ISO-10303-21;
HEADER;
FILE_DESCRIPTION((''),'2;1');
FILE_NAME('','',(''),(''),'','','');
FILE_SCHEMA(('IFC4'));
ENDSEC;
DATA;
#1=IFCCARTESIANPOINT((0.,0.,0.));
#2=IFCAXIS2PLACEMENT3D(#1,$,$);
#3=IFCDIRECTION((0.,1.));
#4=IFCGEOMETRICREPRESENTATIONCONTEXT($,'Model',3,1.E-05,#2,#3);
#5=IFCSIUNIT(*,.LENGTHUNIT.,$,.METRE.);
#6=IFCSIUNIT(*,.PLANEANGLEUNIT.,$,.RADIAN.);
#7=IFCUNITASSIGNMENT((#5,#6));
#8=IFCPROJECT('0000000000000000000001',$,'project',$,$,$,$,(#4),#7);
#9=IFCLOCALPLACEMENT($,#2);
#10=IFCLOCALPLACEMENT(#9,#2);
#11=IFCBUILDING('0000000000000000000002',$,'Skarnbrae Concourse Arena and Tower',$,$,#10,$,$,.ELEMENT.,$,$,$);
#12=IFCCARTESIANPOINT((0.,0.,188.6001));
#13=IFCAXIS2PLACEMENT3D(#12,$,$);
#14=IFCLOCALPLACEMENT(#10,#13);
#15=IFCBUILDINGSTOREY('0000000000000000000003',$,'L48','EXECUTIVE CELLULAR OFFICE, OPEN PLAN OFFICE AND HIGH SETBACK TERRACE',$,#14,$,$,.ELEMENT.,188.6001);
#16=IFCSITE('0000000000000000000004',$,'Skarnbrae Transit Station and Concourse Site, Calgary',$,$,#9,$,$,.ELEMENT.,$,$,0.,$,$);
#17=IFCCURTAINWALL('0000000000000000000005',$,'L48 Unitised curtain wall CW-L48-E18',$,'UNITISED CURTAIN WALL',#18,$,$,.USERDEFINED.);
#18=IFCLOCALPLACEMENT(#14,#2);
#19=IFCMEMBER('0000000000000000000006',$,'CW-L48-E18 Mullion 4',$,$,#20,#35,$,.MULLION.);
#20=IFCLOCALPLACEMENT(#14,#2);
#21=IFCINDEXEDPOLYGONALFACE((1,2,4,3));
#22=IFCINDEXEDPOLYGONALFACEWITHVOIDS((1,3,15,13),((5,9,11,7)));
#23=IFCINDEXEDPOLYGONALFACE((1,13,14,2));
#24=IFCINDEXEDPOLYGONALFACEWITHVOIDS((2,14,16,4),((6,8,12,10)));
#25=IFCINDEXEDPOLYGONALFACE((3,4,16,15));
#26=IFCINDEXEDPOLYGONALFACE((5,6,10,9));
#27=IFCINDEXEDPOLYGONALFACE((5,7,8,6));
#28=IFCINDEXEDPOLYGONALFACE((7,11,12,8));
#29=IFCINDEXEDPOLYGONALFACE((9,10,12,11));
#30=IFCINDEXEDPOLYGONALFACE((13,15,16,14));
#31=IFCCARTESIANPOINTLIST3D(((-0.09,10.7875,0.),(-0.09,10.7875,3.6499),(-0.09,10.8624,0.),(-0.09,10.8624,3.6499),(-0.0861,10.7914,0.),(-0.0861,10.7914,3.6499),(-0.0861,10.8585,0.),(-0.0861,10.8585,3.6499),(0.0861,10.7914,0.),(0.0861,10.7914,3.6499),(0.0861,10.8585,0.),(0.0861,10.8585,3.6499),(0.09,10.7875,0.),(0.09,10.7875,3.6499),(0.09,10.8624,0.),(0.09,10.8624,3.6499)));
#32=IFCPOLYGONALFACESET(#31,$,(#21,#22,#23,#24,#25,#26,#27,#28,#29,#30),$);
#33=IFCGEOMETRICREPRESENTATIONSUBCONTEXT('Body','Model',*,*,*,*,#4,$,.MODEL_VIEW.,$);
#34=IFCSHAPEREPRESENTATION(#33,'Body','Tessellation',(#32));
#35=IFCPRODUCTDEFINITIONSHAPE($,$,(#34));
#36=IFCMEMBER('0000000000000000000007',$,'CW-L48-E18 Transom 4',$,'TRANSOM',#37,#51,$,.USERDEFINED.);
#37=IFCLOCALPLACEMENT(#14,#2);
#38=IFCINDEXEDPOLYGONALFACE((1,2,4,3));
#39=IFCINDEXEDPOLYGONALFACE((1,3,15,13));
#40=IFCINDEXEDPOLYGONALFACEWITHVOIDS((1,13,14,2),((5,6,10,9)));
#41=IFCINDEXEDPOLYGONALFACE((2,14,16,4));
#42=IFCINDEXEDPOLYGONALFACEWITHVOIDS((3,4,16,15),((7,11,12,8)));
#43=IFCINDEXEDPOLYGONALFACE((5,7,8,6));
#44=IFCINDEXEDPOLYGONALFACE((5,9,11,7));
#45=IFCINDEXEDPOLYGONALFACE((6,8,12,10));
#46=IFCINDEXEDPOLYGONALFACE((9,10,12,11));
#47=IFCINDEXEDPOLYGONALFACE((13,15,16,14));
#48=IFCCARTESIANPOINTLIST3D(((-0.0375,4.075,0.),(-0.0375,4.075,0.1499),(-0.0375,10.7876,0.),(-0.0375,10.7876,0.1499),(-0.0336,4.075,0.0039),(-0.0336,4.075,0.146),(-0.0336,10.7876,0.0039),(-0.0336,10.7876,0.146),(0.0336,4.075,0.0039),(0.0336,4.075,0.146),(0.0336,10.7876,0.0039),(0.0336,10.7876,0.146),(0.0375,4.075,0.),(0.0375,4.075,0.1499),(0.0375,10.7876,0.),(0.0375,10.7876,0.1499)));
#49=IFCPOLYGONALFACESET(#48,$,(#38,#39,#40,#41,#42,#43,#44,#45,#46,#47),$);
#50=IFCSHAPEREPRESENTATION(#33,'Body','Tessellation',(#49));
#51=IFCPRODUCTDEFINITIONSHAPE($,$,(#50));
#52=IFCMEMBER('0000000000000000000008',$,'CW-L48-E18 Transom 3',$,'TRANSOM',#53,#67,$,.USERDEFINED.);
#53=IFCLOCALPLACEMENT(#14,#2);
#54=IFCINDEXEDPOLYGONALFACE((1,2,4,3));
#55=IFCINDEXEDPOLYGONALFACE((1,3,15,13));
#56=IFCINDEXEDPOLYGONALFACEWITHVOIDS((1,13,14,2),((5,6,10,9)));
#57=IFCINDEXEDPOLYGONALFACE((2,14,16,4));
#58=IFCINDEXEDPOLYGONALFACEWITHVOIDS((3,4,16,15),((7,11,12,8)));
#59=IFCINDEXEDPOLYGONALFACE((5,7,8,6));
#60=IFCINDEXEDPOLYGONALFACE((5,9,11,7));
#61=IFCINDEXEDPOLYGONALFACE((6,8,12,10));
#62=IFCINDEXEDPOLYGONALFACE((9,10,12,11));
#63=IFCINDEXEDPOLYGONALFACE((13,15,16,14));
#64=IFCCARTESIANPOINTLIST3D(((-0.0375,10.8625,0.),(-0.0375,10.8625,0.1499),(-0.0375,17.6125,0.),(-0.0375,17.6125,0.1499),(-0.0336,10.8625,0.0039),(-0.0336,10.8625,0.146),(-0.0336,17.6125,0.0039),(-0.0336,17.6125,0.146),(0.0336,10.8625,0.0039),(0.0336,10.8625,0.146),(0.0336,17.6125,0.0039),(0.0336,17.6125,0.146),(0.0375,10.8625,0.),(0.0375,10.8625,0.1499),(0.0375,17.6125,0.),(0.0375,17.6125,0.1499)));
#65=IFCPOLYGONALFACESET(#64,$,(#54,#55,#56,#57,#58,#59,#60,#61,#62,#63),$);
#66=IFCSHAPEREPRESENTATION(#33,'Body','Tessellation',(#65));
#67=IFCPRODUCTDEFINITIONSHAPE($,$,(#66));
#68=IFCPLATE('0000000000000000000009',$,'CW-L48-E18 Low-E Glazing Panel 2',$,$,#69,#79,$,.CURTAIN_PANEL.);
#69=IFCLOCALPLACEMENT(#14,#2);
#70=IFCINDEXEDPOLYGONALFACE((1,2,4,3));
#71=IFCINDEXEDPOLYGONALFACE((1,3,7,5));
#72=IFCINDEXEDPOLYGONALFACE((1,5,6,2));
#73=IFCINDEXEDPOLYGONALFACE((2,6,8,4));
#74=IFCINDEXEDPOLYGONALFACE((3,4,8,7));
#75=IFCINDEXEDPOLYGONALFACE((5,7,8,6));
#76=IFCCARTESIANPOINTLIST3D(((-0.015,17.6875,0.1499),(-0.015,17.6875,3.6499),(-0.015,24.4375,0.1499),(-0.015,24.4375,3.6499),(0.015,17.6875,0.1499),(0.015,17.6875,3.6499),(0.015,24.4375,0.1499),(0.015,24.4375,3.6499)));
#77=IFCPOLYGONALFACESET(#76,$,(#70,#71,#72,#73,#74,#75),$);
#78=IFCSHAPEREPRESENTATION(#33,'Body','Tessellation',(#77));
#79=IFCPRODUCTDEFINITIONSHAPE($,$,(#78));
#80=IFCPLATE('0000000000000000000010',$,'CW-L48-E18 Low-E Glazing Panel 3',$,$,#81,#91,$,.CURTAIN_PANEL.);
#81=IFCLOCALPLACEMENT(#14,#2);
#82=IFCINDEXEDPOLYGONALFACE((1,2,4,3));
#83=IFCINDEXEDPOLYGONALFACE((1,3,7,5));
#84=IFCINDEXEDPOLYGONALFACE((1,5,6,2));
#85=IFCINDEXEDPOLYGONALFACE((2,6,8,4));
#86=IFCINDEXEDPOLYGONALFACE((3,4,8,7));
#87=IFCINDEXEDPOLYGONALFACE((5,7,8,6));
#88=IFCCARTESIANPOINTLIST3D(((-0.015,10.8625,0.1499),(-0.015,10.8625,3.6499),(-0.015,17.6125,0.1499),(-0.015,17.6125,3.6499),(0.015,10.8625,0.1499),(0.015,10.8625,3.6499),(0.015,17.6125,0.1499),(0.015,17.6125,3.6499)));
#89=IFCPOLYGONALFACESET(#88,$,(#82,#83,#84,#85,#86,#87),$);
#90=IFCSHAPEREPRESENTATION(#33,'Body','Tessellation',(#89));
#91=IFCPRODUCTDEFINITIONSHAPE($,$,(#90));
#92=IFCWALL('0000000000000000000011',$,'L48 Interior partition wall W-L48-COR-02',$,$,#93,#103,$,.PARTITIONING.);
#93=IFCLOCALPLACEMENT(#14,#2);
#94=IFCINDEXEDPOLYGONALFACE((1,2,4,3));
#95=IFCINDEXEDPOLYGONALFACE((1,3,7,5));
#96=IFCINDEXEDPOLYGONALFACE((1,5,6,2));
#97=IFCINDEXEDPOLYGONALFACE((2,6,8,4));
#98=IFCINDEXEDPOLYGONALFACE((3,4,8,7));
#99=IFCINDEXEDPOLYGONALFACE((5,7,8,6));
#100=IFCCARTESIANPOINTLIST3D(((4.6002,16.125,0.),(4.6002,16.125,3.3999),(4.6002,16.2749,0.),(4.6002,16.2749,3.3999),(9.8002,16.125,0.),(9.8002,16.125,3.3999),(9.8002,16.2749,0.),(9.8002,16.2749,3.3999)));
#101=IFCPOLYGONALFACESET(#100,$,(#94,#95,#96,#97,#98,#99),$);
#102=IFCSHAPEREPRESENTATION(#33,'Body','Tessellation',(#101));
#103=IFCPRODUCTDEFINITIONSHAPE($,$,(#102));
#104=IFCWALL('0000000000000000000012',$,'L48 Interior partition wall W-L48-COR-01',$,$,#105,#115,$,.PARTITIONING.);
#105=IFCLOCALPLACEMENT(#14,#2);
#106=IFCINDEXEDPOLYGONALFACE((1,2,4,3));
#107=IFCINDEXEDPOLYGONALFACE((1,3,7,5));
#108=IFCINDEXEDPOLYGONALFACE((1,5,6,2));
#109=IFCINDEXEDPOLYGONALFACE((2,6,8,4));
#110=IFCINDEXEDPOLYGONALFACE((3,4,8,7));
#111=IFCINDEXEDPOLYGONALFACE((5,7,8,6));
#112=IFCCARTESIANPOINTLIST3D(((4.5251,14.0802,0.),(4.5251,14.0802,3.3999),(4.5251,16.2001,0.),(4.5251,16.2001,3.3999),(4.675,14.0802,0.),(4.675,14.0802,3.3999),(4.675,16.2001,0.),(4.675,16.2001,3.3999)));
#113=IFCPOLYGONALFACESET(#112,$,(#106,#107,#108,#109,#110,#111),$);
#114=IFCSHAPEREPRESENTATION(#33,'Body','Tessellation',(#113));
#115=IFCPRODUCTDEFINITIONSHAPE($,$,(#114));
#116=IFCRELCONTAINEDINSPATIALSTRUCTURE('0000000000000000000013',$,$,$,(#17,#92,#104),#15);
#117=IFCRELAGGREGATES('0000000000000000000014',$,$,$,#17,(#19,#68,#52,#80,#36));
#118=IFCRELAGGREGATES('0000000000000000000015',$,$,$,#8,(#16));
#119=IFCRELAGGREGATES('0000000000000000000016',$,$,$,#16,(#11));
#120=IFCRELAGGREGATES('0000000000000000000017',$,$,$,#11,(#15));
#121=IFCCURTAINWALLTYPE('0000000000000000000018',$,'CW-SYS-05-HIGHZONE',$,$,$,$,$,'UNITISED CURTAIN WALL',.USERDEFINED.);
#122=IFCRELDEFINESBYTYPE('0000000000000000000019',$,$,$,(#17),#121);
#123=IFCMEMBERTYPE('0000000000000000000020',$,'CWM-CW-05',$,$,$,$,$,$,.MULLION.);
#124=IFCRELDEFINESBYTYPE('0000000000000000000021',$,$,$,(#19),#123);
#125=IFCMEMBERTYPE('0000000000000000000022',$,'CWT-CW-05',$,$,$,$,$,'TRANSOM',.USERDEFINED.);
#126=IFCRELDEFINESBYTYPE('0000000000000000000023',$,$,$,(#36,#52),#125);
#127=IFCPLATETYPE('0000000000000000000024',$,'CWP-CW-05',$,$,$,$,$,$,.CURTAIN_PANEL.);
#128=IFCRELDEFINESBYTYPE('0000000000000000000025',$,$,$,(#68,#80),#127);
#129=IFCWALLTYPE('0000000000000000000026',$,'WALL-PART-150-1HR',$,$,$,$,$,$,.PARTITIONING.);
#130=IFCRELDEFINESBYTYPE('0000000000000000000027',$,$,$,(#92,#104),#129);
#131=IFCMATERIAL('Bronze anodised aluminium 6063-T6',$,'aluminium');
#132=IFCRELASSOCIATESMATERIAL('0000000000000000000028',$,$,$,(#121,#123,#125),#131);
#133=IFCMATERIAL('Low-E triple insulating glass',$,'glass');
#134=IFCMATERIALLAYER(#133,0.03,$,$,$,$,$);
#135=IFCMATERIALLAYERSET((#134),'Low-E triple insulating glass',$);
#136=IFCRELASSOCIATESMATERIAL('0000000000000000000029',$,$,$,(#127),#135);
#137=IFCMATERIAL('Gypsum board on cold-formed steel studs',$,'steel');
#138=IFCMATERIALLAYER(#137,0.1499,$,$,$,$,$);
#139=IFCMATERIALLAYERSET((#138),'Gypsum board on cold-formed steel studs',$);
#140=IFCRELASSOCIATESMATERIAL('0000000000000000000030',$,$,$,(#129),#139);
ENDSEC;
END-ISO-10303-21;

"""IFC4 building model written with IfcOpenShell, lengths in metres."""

from ifc_helpers import new_model, si_unit, direction, frame, frame_2d, origin, origin_2d, place, context, subcontext, project, spatial, rectangle, hollow_rectangle, extrude, source, transform, mapped, material, layer, layer_set, material_profile, profile_set, type_object, element, aggregate, save


model = new_model("IFC4")

# Units and contexts
model_context = context("Model", 3, precision=1e-05, world=origin(), true_north=direction((0.0, 1.0)))
body_context = subcontext(model_context, "Body", "Model", "MODEL_VIEW")
ifc_project = project(units=[si_unit("LENGTHUNIT", "METRE"), si_unit("PLANEANGLEUNIT", "RADIAN")], contexts=[model_context])

# Site, building, storey
site_placement = place(None, origin())
site = spatial("IfcSite", under=ifc_project, at=site_placement, Name="Skarnbrae Transit Station and Concourse Site, Calgary", CompositionType="ELEMENT", RefElevation=0.0)
building_placement = place(site_placement, origin())
building = spatial("IfcBuilding", under=site, at=building_placement, Name="Skarnbrae Concourse Arena and Tower", CompositionType="ELEMENT")
storey_placement = place(building_placement, frame((0.0, 0.0, 188.6001)))
storey = spatial("IfcBuildingStorey", under=building, at=storey_placement, Name="L48", Description="EXECUTIVE CELLULAR OFFICE, OPEN PLAN OFFICE AND HIGH SETBACK TERRACE", CompositionType="ELEMENT", Elevation=188.6001)

# Curtain wall, members, plates
ifc_material_1 = material(Name="Bronze anodised aluminium 6063-T6", Category="aluminium")
curtain_wall_type = type_object("IfcCurtainWallType", Name="CW-SYS-05-HIGHZONE", ElementType="UNITISED CURTAIN WALL", PredefinedType="USERDEFINED", material=ifc_material_1)
curtain_wall_placement = place(storey_placement, origin())
curtain_wall = element("IfcCurtainWall", 1, at=curtain_wall_placement, inside=storey, type_object=curtain_wall_type, Name="L48 Unitised curtain wall CW-L48-E18", ObjectType="UNITISED CURTAIN WALL", PredefinedType="USERDEFINED")
ifc_material_profile_1 = material_profile(ifc_material_1, hollow_rectangle(XDim=0.075, YDim=0.1799, WallThickness=0.0039, at=origin_2d()), Name="ALU-MULL-75X180")
ifc_profile_set_1 = profile_set([ifc_material_profile_1], Name="Bronze anodised aluminium 6063-T6")
member_type_1 = type_object("IfcMemberType", Name="CWM-CW-05", PredefinedType="MULLION", material=ifc_profile_set_1)
shared_shape_1 = source(origin(), body_context, "Body", "SweptSolid", [
    extrude(hollow_rectangle(XDim=0.075, YDim=0.1799, WallThickness=0.0039, at=origin_2d()), origin(), (0.0, 0.0, 1.0), 3.6499),
])
member_1_placement = place(storey_placement, frame((0.0, 10.825, 0.0), z_axis=(0.0, 0.0, 1.0), x_axis=(0.0, -1.0, 0.0)))
member_1 = element("IfcMember", 2, at=member_1_placement, type_object=member_type_1, Name="CW-L48-E18 Mullion 4", PredefinedType="MULLION", context=body_context, shape_type="MappedRepresentation", body=[
    mapped(shared_shape_1, transform((0.0, 0.0, 0.0))),
])
ifc_material_profile_2 = material_profile(ifc_material_1, hollow_rectangle(XDim=0.075, YDim=0.1499, WallThickness=0.0039, at=origin_2d()), Name="ALU-TRAN-75X150")
ifc_profile_set_2 = profile_set([ifc_material_profile_2], Name="Bronze anodised aluminium 6063-T6")
member_type_2 = type_object("IfcMemberType", Name="CWT-CW-05", ElementType="TRANSOM", PredefinedType="USERDEFINED", material=ifc_profile_set_2)
shared_shape_2 = source(origin(), body_context, "Body", "SweptSolid", [
    extrude(hollow_rectangle(XDim=0.075, YDim=0.1499, WallThickness=0.0039, at=origin_2d()), origin(), (0.0, 0.0, 1.0), 6.7126),
])
member_2_placement = place(storey_placement, frame((0.0, 10.7876, 0.075), z_axis=(0.0, -1.0, 0.0), x_axis=(1.0, 0.0, 0.0)))
member_2 = element("IfcMember", 3, at=member_2_placement, type_object=member_type_2, Name="CW-L48-E18 Transom 4", ObjectType="TRANSOM", PredefinedType="USERDEFINED", context=body_context, shape_type="MappedRepresentation", body=[
    mapped(shared_shape_2, transform((0.0, 0.0, 0.0))),
])
shared_shape_3 = source(origin(), body_context, "Body", "SweptSolid", [
    extrude(hollow_rectangle(XDim=0.075, YDim=0.1499, WallThickness=0.0039, at=origin_2d()), origin(), (0.0, 0.0, 1.0), 6.75),
])
member_3_placement = place(storey_placement, frame((0.0, 17.6125, 0.075), z_axis=(0.0, -1.0, 0.0), x_axis=(1.0, 0.0, 0.0)))
member_3 = element("IfcMember", 4, at=member_3_placement, type_object=member_type_2, Name="CW-L48-E18 Transom 3", ObjectType="TRANSOM", PredefinedType="USERDEFINED", context=body_context, shape_type="MappedRepresentation", body=[
    mapped(shared_shape_3, transform((0.0, 0.0, 0.0))),
])
ifc_material_2 = material(Name="Low-E triple insulating glass", Category="glass")
ifc_layer_1 = layer(ifc_material_2, 0.03)
ifc_layer_set_1 = layer_set([ifc_layer_1], Name="Low-E triple insulating glass")
plate_type = type_object("IfcPlateType", Name="CWP-CW-05", PredefinedType="CURTAIN_PANEL", material=ifc_layer_set_1)
shared_shape_4 = source(origin(), body_context, "Body", "SweptSolid", [
    extrude(rectangle(XDim=6.75, YDim=0.03, at=origin_2d()), origin(), (0.0, 0.0, 1.0), 3.5),
])
plate_1_placement = place(storey_placement, frame((0.0, 21.0625, 0.1499), z_axis=(0.0, 0.0, 1.0), x_axis=(0.0, -1.0, 0.0)))
plate_1 = element("IfcPlate", 5, at=plate_1_placement, type_object=plate_type, Name="CW-L48-E18 Low-E Glazing Panel 2", PredefinedType="CURTAIN_PANEL", context=body_context, shape_type="MappedRepresentation", body=[
    mapped(shared_shape_4, transform((0.0, 0.0, 0.0))),
])
plate_2_placement = place(storey_placement, frame((0.0, 14.2375, 0.1499), z_axis=(0.0, 0.0, 1.0), x_axis=(0.0, -1.0, 0.0)))
plate_2 = element("IfcPlate", 6, at=plate_2_placement, type_object=plate_type, Name="CW-L48-E18 Low-E Glazing Panel 3", PredefinedType="CURTAIN_PANEL", context=body_context, shape_type="MappedRepresentation", body=[
    mapped(shared_shape_4, transform((0.0, 0.0, 0.0))),
])
aggregate(curtain_wall, [member_1, plate_1, member_3, plate_2, member_2])

# Walls
ifc_material_3 = material(Name="Gypsum board on cold-formed steel studs", Category="steel")
ifc_layer_2 = layer(ifc_material_3, 0.1499)
ifc_layer_set_2 = layer_set([ifc_layer_2], Name="Gypsum board on cold-formed steel studs")
wall_type_1 = type_object("IfcWallType", Name="WALL-PART-150-1HR", PredefinedType="PARTITIONING", material=ifc_layer_set_2)
shared_shape_5 = source(origin(), body_context, "Body", "SweptSolid", [
    extrude(rectangle(XDim=5.2, YDim=0.1499, at=frame_2d((2.6001, 0.0))), origin(), (0.0, 0.0, 1.0), 3.3999),
])
wall_1_placement = place(storey_placement, frame((4.6001, 16.2, 0.0), z_axis=(0.0, 0.0, 1.0), x_axis=(1.0, 0.0, 0.0)))
element("IfcWall", 7, at=wall_1_placement, inside=storey, type_object=wall_type_1, Name="L48 Interior partition wall W-L48-COR-02", PredefinedType="PARTITIONING", context=body_context, shape_type="MappedRepresentation", body=[
    mapped(shared_shape_5, transform((0.0, 0.0, 0.0))),
])
shared_shape_6 = source(origin(), body_context, "Body", "SweptSolid", [
    extrude(rectangle(XDim=2.1199, YDim=0.1499, at=frame_2d((1.0601, 0.0))), origin(), (0.0, 0.0, 1.0), 3.3999),
])
wall_2_placement = place(storey_placement, frame((4.6001, 14.0801, 0.0), z_axis=(0.0, 0.0, 1.0), x_axis=(0.0, 1.0, 0.0)))
element("IfcWall", 8, at=wall_2_placement, inside=storey, type_object=wall_type_1, Name="L48 Interior partition wall W-L48-COR-01", PredefinedType="PARTITIONING", context=body_context, shape_type="MappedRepresentation", body=[
    mapped(shared_shape_6, transform((0.0, 0.0, 0.0))),
])

save(model, "model.ifc")
